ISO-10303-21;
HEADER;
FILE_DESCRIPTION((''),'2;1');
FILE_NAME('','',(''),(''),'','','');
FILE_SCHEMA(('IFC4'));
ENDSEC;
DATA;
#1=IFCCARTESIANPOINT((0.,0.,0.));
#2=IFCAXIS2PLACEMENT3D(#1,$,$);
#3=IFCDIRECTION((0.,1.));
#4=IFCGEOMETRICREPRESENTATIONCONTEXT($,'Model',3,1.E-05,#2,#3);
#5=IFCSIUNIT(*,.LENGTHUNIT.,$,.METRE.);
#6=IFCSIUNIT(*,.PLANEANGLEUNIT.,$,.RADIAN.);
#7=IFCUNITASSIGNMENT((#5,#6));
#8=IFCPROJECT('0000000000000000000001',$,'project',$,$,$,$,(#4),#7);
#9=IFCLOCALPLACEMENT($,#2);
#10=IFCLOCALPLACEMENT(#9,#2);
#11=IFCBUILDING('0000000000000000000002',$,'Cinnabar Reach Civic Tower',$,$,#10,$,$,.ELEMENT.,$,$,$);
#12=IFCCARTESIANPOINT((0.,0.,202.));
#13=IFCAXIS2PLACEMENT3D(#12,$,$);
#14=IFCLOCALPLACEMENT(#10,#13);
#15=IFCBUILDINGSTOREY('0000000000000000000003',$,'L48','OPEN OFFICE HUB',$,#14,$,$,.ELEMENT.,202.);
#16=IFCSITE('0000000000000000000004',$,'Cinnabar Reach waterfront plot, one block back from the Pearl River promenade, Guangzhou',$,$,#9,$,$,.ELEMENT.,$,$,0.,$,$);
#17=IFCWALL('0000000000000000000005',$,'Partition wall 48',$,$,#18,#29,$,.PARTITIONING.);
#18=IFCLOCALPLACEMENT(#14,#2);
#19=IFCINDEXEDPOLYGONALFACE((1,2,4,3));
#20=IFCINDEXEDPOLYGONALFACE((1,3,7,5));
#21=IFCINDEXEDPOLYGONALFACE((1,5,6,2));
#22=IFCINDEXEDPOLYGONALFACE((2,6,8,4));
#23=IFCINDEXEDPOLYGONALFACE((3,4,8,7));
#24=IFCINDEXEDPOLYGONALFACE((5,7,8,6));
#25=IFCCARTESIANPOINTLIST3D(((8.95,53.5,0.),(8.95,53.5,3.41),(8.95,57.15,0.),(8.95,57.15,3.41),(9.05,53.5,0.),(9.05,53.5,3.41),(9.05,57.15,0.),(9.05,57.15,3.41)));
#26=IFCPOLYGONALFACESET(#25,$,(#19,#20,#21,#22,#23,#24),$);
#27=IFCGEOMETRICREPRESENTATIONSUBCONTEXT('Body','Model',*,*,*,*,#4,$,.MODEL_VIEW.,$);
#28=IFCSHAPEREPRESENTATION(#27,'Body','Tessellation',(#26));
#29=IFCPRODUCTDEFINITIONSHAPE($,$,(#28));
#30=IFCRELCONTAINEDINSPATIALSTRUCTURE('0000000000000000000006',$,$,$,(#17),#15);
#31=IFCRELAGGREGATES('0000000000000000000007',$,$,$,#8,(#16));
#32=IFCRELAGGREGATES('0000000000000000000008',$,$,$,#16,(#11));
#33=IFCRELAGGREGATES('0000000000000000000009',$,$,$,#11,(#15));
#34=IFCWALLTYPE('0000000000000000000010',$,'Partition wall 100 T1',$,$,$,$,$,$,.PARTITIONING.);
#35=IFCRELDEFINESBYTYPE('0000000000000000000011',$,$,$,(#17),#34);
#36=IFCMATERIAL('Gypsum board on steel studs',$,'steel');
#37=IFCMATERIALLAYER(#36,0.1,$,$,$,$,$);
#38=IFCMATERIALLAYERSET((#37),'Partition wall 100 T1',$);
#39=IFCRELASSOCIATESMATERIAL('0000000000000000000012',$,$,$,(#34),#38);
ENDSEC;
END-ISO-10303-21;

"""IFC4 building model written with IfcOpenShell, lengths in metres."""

from ifc_helpers import new_model, si_unit, direction, frame, frame_2d, origin, place, context, subcontext, project, spatial, rectangle, extrude, material, layer, layer_set, type_object, element, save


model = new_model("IFC4")

# Units and contexts
model_context = context("Model", 3, precision=1e-05, world=origin(), true_north=direction((0.0, 1.0)))
body_context = subcontext(model_context, "Body", "Model", "MODEL_VIEW")
ifc_project = project(units=[si_unit("LENGTHUNIT", "METRE"), si_unit("PLANEANGLEUNIT", "RADIAN")], contexts=[model_context])

# Site, building, storey
site_placement = place(None, origin())
site = spatial("IfcSite", under=ifc_project, at=site_placement, Name="Cinnabar Reach waterfront plot, one block back from the Pearl River promenade, Guangzhou", CompositionType="ELEMENT", RefElevation=0.0)
building_placement = place(site_placement, origin())
building = spatial("IfcBuilding", under=site, at=building_placement, Name="Cinnabar Reach Civic Tower", CompositionType="ELEMENT")
storey_placement = place(building_placement, frame((0.0, 0.0, 202.0)))
storey = spatial("IfcBuildingStorey", under=building, at=storey_placement, Name="L48", Description="OPEN OFFICE HUB", CompositionType="ELEMENT", Elevation=202.0)

# Shared definitions
ifc_material_1 = material(Name="Gypsum board on steel studs", Category="steel")
ifc_layer_1 = layer(ifc_material_1, 0.1)
ifc_layer_set_1 = layer_set([ifc_layer_1], Name="Partition wall 100 T1")
wall_type_1 = type_object("IfcWallType", Name="Partition wall 100 T1", PredefinedType="PARTITIONING", material=ifc_layer_set_1)

# Wall
wall_1_placement = place(storey_placement, frame((9.0, 53.5, 0.0), z_axis=(0.0, 0.0, 1.0), x_axis=(0.0, 1.0, 0.0)))
element("IfcWall", 1, at=wall_1_placement, inside=storey, type_object=wall_type_1, Name="Partition wall 48", PredefinedType="PARTITIONING", context=body_context, shape_type="SweptSolid", body=[
    extrude(rectangle(XDim=3.65, YDim=0.1, at=frame_2d((1.825, 0.0))), origin(), (0.0, 0.0, 1.0), 3.41),
])

save(model, "model.ifc")
